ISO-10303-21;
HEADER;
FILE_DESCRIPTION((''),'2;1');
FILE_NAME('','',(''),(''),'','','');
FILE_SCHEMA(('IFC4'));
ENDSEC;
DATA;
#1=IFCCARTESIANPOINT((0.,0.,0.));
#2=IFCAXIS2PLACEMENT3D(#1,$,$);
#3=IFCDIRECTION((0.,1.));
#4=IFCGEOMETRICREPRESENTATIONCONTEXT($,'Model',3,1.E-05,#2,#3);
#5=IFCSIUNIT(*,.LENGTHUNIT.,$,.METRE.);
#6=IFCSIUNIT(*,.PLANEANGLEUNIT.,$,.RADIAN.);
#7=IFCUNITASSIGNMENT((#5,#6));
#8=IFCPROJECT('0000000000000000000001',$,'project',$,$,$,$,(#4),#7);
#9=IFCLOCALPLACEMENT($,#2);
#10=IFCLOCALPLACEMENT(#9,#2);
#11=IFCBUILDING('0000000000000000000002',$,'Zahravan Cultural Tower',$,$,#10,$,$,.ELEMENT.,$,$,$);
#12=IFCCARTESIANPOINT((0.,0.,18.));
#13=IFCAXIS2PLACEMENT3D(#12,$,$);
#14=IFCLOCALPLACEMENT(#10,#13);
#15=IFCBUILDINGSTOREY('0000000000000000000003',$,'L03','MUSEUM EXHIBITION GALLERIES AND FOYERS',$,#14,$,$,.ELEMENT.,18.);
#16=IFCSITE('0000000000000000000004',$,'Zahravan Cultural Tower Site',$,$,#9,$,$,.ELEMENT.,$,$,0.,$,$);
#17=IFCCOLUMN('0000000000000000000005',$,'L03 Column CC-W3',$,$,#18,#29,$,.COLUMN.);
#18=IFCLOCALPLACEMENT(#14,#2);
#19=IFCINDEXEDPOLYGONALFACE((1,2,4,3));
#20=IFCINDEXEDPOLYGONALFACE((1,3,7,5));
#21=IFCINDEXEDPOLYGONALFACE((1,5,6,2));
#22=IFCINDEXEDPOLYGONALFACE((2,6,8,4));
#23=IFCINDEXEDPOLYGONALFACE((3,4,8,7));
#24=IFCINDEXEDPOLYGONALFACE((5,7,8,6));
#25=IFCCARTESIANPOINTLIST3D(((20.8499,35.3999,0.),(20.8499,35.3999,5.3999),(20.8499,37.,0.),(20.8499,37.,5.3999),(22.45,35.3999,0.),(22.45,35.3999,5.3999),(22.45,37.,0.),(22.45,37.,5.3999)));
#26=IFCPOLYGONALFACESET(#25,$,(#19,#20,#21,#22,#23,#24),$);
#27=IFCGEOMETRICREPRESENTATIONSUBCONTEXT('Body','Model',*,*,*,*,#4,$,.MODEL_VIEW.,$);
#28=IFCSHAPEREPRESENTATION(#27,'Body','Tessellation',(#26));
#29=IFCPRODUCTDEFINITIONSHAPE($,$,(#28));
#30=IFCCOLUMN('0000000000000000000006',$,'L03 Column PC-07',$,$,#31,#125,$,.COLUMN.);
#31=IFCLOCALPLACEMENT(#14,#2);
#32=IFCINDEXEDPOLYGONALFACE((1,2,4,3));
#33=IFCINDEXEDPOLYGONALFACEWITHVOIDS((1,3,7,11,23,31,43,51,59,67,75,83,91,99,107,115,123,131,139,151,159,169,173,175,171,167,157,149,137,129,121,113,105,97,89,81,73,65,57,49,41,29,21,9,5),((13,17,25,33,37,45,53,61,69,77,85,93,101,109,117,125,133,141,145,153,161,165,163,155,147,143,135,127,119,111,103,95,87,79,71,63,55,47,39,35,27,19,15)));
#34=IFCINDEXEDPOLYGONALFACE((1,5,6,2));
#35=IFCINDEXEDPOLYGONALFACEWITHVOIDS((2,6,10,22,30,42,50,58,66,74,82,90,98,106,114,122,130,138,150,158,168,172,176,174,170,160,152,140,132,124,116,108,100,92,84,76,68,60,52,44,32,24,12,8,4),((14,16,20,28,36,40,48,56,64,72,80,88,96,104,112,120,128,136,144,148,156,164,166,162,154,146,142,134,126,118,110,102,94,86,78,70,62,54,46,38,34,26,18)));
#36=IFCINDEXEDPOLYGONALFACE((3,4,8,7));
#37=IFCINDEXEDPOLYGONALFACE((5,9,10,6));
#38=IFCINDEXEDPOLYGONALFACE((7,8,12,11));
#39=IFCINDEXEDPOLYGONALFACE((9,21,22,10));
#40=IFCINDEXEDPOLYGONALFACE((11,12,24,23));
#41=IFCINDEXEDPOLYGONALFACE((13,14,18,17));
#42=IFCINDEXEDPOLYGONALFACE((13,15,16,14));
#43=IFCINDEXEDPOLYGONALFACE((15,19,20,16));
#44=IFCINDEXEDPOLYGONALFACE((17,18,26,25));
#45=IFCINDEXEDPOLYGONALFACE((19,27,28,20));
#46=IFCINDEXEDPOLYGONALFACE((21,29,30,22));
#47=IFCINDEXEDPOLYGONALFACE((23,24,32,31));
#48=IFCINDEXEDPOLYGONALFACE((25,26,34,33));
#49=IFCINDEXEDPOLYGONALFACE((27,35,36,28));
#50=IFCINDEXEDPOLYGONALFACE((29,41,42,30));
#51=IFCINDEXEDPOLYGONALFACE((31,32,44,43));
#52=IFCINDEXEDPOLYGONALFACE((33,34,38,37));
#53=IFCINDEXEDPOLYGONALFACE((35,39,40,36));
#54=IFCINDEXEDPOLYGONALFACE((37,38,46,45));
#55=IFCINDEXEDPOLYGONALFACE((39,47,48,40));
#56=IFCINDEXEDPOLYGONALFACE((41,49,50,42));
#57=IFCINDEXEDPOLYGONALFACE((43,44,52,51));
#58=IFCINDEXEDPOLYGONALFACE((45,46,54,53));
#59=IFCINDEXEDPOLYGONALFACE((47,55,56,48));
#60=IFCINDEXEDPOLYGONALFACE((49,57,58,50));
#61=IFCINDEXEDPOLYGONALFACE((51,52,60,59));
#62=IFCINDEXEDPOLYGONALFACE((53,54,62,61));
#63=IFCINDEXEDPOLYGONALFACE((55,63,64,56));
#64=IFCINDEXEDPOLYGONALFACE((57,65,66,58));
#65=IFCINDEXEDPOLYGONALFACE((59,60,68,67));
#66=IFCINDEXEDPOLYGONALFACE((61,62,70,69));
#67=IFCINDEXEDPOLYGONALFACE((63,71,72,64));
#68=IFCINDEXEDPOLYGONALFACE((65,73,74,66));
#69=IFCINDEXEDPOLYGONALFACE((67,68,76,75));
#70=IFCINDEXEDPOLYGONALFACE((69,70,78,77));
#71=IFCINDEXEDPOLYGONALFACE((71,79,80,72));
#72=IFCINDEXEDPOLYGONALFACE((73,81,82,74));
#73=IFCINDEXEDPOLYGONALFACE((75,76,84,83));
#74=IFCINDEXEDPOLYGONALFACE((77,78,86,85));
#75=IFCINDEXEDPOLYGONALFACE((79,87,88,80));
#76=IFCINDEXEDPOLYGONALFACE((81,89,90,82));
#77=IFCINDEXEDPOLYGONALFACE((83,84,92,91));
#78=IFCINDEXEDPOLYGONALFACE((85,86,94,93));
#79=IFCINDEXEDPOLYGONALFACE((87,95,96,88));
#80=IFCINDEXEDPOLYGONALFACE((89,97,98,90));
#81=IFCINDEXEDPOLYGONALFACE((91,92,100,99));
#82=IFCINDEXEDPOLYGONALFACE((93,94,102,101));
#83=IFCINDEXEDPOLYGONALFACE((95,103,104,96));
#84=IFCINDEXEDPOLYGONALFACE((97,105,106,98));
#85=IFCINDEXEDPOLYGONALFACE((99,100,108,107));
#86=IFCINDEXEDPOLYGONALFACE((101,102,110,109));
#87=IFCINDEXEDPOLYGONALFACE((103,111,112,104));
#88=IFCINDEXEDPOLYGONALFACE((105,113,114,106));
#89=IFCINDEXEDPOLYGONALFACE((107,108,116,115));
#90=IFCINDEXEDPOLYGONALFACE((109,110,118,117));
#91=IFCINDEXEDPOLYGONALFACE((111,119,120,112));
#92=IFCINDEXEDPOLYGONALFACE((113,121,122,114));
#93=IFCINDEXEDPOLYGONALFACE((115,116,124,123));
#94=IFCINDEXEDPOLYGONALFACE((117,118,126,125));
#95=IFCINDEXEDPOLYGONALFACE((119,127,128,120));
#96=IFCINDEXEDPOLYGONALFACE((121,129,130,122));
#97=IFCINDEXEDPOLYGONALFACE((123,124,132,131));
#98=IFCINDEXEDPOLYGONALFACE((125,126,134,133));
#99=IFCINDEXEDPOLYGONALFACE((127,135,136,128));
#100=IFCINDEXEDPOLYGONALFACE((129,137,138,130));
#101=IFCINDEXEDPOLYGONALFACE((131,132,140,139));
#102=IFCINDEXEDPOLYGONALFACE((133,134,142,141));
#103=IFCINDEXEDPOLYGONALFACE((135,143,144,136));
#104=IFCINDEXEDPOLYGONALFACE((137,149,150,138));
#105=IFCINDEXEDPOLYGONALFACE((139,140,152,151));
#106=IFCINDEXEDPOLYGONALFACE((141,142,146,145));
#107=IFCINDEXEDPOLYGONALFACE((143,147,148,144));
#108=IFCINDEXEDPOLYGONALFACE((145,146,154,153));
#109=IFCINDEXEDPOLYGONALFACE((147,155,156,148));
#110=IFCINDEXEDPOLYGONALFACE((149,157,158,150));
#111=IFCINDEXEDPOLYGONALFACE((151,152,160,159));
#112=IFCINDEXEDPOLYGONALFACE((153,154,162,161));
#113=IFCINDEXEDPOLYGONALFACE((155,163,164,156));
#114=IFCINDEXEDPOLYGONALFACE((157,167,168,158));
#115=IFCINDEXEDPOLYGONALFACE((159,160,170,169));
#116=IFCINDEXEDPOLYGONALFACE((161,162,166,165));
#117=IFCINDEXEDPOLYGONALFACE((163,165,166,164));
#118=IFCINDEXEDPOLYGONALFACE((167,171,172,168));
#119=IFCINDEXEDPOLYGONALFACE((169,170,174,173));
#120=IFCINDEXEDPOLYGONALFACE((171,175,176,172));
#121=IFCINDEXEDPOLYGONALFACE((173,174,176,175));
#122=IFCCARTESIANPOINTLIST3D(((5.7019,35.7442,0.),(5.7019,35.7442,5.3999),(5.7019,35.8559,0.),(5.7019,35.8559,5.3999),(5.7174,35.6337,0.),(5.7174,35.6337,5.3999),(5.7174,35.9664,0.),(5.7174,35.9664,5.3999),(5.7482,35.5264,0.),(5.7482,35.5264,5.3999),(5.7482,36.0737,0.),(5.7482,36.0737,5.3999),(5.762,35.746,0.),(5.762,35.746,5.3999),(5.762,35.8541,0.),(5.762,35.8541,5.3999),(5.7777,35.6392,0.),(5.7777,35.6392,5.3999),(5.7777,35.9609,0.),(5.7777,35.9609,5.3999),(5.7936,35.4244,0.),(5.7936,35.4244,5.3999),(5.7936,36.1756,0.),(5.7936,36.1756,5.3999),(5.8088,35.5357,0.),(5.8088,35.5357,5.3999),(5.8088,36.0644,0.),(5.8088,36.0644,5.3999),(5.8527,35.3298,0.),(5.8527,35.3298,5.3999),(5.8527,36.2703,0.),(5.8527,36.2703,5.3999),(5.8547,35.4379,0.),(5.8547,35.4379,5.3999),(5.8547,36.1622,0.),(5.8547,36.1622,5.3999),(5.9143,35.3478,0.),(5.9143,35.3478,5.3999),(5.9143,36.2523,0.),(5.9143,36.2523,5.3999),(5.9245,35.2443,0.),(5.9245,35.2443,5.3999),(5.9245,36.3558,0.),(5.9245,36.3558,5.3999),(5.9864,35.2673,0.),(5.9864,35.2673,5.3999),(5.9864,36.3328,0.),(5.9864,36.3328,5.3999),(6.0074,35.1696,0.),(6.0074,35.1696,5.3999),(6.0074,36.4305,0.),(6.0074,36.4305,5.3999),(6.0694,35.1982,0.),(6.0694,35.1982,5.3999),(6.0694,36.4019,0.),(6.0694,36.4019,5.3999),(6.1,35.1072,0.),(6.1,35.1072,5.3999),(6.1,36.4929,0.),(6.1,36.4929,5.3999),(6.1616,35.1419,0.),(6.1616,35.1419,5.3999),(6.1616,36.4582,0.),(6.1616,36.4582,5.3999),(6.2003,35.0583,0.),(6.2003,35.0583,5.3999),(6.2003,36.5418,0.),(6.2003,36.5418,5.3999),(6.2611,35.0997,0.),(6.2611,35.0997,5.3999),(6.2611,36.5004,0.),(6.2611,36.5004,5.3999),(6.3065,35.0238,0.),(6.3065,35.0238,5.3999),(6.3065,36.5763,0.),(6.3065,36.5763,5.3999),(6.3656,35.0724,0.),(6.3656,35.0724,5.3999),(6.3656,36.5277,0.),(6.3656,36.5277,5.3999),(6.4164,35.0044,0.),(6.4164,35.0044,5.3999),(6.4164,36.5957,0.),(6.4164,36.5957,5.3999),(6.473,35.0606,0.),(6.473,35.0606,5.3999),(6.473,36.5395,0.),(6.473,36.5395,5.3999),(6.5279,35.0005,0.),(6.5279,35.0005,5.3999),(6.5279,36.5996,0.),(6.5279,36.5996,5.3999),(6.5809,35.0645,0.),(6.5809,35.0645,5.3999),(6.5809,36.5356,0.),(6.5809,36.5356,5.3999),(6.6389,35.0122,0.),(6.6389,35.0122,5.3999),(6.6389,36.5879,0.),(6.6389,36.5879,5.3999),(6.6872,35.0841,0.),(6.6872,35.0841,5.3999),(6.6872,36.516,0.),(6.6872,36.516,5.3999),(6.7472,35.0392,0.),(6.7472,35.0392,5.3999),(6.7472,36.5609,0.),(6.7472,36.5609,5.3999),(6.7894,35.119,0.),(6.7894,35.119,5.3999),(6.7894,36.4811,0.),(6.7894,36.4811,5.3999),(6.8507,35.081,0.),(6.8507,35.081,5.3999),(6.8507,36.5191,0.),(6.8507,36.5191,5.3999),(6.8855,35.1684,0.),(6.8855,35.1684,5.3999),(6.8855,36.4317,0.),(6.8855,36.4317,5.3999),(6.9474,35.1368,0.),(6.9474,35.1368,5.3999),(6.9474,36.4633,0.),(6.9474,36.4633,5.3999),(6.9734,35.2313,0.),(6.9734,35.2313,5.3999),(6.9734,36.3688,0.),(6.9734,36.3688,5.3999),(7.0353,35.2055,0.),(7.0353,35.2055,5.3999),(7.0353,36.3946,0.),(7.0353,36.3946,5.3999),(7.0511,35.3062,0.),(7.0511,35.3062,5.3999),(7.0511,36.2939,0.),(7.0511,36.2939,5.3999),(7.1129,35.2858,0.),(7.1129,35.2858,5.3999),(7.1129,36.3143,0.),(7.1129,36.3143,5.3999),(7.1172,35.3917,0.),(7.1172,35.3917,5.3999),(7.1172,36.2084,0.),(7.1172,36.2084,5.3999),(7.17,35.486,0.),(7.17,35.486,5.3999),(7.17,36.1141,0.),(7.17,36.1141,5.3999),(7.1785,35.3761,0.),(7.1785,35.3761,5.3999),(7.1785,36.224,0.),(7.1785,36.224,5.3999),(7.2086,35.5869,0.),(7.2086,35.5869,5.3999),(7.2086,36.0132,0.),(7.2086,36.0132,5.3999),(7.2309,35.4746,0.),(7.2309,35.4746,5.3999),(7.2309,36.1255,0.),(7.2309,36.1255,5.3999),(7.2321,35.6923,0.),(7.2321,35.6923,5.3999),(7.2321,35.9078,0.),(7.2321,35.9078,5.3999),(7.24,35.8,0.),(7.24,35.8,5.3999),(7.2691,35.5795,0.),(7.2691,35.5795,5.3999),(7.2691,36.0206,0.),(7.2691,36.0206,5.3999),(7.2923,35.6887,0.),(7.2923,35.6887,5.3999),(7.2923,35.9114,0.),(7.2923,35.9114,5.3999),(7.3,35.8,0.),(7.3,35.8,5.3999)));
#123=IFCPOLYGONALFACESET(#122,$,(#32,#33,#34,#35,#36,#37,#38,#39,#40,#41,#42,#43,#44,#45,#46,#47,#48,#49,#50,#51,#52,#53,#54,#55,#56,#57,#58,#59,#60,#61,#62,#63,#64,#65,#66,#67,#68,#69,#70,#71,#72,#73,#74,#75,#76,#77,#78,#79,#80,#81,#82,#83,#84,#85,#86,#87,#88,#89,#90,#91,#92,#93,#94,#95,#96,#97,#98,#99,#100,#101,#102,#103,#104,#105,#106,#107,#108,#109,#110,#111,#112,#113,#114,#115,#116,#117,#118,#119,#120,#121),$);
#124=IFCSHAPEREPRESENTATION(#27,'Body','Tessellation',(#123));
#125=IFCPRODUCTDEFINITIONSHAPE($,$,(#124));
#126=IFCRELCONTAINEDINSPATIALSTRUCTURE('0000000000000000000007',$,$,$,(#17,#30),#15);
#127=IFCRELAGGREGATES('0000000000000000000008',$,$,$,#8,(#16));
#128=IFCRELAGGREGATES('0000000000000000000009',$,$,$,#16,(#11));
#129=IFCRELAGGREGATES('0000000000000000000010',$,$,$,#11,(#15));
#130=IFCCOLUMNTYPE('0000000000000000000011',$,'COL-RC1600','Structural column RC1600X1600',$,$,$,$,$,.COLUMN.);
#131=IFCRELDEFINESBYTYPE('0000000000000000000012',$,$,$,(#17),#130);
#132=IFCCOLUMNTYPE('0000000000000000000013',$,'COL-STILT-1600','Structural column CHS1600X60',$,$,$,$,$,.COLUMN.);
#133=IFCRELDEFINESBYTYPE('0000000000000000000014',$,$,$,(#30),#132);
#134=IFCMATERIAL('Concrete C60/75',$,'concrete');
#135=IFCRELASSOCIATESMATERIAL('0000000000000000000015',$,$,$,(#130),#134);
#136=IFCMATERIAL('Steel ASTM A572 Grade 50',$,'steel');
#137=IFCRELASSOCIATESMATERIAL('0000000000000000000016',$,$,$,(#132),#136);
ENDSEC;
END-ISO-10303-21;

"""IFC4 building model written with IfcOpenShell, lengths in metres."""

from ifc_helpers import new_model, si_unit, direction, frame, origin, origin_2d, place, context, subcontext, project, spatial, rectangle, hollow_circle, extrude, source, transform, mapped, material, material_profile, profile_set, type_object, element, save


model = new_model("IFC4")

# Units and contexts
model_context = context("Model", 3, precision=1e-05, world=origin(), true_north=direction((0.0, 1.0)))
body_context = subcontext(model_context, "Body", "Model", "MODEL_VIEW")
ifc_project = project(units=[si_unit("LENGTHUNIT", "METRE"), si_unit("PLANEANGLEUNIT", "RADIAN")], contexts=[model_context])

# Site, building, storey
site_placement = place(None, origin())
site = spatial("IfcSite", under=ifc_project, at=site_placement, Name="Zahravan Cultural Tower Site", CompositionType="ELEMENT", RefElevation=0.0)
building_placement = place(site_placement, origin())
building = spatial("IfcBuilding", under=site, at=building_placement, Name="Zahravan Cultural Tower", CompositionType="ELEMENT")
storey_placement = place(building_placement, frame((0.0, 0.0, 18.0)))
storey = spatial("IfcBuildingStorey", under=building, at=storey_placement, Name="L03", Description="MUSEUM EXHIBITION GALLERIES AND FOYERS", CompositionType="ELEMENT", Elevation=18.0)

# Columns
ifc_material_1 = material(Name="Concrete C60/75", Category="concrete")
ifc_material_profile_1 = material_profile(ifc_material_1, rectangle(XDim=1.6001, YDim=1.6001, at=origin_2d()), Name="RC1600X1600")
ifc_profile_set_1 = profile_set([ifc_material_profile_1], Name="Concrete C60/75")
column_type_1 = type_object("IfcColumnType", Name="COL-RC1600", Description="Structural column RC1600X1600", PredefinedType="COLUMN", material=ifc_profile_set_1)
shared_shape_1 = source(origin(), body_context, "Body", "SweptSolid", [
    extrude(rectangle(XDim=1.6001, YDim=1.6001, at=origin_2d()), origin(), (0.0, 0.0, 1.0), 5.3999),
])
column_placement = place(storey_placement, frame((21.6499, 36.2, 0.0), z_axis=(0.0, 0.0, 1.0), x_axis=(1.0, 0.0, 0.0)))
element("IfcColumn", 1, at=column_placement, inside=storey, type_object=column_type_1, Name="L03 Column CC-W3", PredefinedType="COLUMN", context=body_context, shape_type="MappedRepresentation", body=[
    mapped(shared_shape_1, transform((0.0, 0.0, 0.0), x_axis=(1.0, 0.0, 0.0), y_axis=(0.0, 1.0, 0.0), z_axis=(0.0, 0.0, 1.0), scale=1.0)),
])
ifc_material_2 = material(Name="Steel ASTM A572 Grade 50", Category="steel")
ifc_material_profile_2 = material_profile(ifc_material_2, hollow_circle(Radius=0.8, WallThickness=0.0601, at=origin_2d()), Name="CHS1600X60")
ifc_profile_set_2 = profile_set([ifc_material_profile_2], Name="Steel ASTM A572 Grade 50")
column_type_2 = type_object("IfcColumnType", Name="COL-STILT-1600", Description="Structural column CHS1600X60", PredefinedType="COLUMN", material=ifc_profile_set_2)
shared_shape_2 = source(origin(), body_context, "Body", "SweptSolid", [
    extrude(hollow_circle(Radius=0.8, WallThickness=0.0601, at=origin_2d()), origin(), (0.0, 0.0, 1.0), 5.3999),
])
for number, where, z_axis, x_axis, name in (
    (2, (6.5, 35.8, 0.0), (0.0, 0.0, 1.0), (1.0, 0.0, 0.0), "L03 Column PC-07"),
):
    element("IfcColumn", number, at=place(storey_placement, frame(where, z_axis=z_axis, x_axis=x_axis)), inside=storey, type_object=column_type_2, Name=name, PredefinedType="COLUMN", context=body_context, shape_type="MappedRepresentation", body=[
        mapped(shared_shape_2, transform((0.0, 0.0, 0.0), x_axis=(1.0, 0.0, 0.0), y_axis=(0.0, 1.0, 0.0), z_axis=(0.0, 0.0, 1.0), scale=1.0)),
    ])

save(model, "model.ifc")
